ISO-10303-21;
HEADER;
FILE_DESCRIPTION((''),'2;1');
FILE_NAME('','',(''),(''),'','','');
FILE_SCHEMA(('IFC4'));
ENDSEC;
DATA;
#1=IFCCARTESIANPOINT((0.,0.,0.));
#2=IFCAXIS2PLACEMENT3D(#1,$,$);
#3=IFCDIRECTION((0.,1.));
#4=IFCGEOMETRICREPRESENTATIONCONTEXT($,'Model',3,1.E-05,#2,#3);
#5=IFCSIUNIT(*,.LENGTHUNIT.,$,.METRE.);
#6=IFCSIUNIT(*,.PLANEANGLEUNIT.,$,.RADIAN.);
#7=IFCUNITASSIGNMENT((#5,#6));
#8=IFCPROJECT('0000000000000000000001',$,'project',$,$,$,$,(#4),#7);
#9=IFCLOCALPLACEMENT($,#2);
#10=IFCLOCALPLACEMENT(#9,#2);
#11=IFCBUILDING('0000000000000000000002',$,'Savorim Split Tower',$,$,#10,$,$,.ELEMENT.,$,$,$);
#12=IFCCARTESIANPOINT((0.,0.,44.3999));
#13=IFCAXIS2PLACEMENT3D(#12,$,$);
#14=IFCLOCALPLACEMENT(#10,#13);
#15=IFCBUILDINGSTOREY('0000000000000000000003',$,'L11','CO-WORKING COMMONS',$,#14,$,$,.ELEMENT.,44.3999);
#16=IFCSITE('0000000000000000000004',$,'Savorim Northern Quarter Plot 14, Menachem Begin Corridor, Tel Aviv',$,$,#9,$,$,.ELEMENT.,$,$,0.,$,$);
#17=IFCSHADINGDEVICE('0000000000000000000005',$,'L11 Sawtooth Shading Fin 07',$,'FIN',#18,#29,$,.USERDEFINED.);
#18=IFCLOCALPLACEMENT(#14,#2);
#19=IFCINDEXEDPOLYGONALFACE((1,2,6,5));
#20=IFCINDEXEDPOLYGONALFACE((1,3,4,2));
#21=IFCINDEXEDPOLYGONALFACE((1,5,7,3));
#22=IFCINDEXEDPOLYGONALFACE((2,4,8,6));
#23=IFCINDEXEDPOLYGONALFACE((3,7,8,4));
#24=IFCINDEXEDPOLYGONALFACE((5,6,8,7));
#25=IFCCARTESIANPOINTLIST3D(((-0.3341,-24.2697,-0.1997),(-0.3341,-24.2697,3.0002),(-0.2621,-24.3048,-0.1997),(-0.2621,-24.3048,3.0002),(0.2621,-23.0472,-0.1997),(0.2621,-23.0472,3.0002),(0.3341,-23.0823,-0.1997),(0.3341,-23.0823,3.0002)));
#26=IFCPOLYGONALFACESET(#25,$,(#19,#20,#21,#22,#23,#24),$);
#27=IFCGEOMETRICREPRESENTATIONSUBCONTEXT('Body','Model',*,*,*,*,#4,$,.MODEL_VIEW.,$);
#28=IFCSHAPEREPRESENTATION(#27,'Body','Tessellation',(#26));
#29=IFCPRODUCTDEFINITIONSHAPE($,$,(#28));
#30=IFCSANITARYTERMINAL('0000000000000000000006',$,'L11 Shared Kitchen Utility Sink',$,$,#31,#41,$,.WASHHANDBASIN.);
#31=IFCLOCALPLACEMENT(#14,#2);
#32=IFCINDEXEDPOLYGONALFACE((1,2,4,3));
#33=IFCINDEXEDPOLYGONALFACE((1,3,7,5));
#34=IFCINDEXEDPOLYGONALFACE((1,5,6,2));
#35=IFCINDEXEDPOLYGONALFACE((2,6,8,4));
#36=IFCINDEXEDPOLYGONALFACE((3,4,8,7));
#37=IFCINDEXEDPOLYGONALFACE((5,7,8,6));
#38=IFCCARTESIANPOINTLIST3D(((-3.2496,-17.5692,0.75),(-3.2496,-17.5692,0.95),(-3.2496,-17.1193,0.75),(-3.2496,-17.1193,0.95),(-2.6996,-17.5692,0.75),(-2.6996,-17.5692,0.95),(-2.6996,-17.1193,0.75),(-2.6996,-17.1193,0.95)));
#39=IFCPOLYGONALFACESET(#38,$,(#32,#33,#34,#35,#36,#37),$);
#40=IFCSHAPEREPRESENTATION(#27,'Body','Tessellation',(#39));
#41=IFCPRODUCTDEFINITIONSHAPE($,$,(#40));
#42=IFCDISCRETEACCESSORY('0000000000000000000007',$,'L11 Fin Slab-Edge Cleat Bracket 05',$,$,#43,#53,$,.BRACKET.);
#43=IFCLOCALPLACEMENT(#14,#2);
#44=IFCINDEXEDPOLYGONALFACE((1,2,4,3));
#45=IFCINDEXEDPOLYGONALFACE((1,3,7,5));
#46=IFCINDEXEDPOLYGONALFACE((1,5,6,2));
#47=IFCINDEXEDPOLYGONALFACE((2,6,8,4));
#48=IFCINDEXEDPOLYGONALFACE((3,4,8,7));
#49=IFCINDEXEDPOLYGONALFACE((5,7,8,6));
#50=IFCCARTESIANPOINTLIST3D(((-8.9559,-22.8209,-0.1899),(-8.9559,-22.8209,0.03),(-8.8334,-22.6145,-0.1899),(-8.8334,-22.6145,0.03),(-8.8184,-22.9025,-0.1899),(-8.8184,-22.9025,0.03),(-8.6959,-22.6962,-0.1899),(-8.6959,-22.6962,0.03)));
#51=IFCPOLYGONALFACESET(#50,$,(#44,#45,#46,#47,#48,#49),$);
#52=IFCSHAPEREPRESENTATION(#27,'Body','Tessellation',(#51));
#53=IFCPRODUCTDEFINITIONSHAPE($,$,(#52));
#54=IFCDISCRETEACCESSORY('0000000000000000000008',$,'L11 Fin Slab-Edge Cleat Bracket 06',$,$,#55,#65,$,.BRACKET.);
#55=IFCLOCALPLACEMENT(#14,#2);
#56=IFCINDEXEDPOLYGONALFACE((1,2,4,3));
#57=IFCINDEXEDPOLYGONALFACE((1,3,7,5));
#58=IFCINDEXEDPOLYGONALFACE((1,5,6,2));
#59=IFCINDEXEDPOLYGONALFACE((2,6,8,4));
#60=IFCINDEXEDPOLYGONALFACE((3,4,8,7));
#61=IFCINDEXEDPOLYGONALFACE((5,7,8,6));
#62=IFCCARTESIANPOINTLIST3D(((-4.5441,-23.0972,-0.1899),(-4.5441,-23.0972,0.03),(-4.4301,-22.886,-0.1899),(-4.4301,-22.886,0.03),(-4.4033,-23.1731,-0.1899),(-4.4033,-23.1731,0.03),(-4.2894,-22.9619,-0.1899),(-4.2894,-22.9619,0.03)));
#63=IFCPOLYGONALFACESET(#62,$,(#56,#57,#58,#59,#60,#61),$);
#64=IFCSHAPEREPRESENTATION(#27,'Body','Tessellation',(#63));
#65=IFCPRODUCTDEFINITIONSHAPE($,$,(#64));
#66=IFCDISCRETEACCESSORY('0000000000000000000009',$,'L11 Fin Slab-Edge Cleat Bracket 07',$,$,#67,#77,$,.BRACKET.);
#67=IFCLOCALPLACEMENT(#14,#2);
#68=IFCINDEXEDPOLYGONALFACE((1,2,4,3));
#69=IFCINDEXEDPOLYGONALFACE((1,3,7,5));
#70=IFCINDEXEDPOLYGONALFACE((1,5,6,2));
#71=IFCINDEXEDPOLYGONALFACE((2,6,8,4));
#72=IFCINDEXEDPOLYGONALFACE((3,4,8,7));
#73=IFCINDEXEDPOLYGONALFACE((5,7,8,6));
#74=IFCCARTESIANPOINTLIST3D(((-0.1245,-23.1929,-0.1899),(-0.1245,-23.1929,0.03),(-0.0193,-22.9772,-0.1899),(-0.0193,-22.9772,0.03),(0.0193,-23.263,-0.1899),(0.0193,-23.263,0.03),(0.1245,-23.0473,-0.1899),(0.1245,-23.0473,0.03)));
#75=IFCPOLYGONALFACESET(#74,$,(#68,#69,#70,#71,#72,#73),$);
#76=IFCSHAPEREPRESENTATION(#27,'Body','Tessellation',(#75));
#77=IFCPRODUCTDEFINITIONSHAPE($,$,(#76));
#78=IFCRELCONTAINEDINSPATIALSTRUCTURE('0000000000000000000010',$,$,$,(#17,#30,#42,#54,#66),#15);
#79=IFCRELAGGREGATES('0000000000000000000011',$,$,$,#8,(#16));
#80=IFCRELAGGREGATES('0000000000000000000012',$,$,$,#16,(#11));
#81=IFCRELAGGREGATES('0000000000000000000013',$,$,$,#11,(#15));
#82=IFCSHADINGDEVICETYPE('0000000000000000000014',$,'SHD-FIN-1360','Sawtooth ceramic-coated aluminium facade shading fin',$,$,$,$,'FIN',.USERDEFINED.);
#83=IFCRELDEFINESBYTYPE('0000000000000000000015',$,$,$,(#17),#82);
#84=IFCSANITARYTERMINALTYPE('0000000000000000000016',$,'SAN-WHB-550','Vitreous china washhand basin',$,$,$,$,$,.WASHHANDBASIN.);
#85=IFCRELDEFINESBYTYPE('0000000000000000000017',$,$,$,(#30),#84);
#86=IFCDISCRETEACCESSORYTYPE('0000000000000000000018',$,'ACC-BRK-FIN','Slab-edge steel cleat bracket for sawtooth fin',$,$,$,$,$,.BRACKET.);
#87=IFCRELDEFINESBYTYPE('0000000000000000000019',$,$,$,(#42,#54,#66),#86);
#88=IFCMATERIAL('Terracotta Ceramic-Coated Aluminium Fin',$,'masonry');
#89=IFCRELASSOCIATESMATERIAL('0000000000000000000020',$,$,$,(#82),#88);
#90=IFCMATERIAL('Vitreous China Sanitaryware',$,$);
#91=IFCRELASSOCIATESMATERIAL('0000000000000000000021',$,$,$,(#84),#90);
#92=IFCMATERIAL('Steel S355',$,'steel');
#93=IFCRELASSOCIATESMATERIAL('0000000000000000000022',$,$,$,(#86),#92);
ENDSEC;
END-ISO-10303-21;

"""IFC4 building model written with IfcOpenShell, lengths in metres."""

from ifc_helpers import new_model, si_unit, direction, frame, origin, origin_2d, place, context, subcontext, project, spatial, rectangle, extrude, material, type_object, element, save


model = new_model("IFC4")

# Units and contexts
model_context = context("Model", 3, precision=1e-05, world=origin(), true_north=direction((0.0, 1.0)))
body_context = subcontext(model_context, "Body", "Model", "MODEL_VIEW")
ifc_project = project(units=[si_unit("LENGTHUNIT", "METRE"), si_unit("PLANEANGLEUNIT", "RADIAN")], contexts=[model_context])

# Site, building, storey
site_placement = place(None, origin())
site = spatial("IfcSite", under=ifc_project, at=site_placement, Name="Savorim Northern Quarter Plot 14, Menachem Begin Corridor, Tel Aviv", CompositionType="ELEMENT", RefElevation=0.0)
building_placement = place(site_placement, origin())
building = spatial("IfcBuilding", under=site, at=building_placement, Name="Savorim Split Tower", CompositionType="ELEMENT")
storey_placement = place(building_placement, frame((0.0, 0.0, 44.3999)))
storey = spatial("IfcBuildingStorey", under=building, at=storey_placement, Name="L11", Description="CO-WORKING COMMONS", CompositionType="ELEMENT", Elevation=44.3999)

# Shared definitions
ifc_material_1 = material(Name="Steel S355", Category="steel")

# Shading device
ifc_material_2 = material(Name="Terracotta Ceramic-Coated Aluminium Fin", Category="masonry")
shading_device_type = type_object("IfcShadingDeviceType", Name="SHD-FIN-1360", Description="Sawtooth ceramic-coated aluminium facade shading fin", ElementType="FIN", PredefinedType="USERDEFINED", material=ifc_material_2)
for number, where, z_axis, x_axis, name in (
    (1, (0.0, -23.676, -0.1997), (0.0, 0.0, 1.0), (-0.438371, -0.898794, 0.0), "L11 Sawtooth Shading Fin 07"),
):
    element("IfcShadingDevice", number, at=place(storey_placement, frame(where, z_axis=z_axis, x_axis=x_axis)), inside=storey, type_object=shading_device_type, Name=name, ObjectType="FIN", PredefinedType="USERDEFINED", context=body_context, shape_type="SweptSolid", body=[
        extrude(rectangle(XDim=1.3601, YDim=0.0801, at=origin_2d()), origin(), (0.0, 0.0, 1.0), 3.2),
    ])

# Sanitary terminal
ifc_material_3 = material(Name="Vitreous China Sanitaryware")
sanitary_terminal_type = type_object("IfcSanitaryTerminalType", Name="SAN-WHB-550", Description="Vitreous china washhand basin", PredefinedType="WASHHANDBASIN", material=ifc_material_3)
sanitary_terminal_placement = place(storey_placement, frame((-2.9746, -17.3442, 0.75), z_axis=(0.0, 0.0, 1.0), x_axis=(1.0, 0.0, 0.0)))
element("IfcSanitaryTerminal", 2, at=sanitary_terminal_placement, inside=storey, type_object=sanitary_terminal_type, Name="L11 Shared Kitchen Utility Sink", PredefinedType="WASHHANDBASIN", context=body_context, shape_type="SweptSolid", body=[
    extrude(rectangle(XDim=0.55, YDim=0.45, at=origin_2d()), origin(), (0.0, 0.0, 1.0), 0.2),
])

# Discrete accessories
discrete_accessory_type = type_object("IfcDiscreteAccessoryType", Name="ACC-BRK-FIN", Description="Slab-edge steel cleat bracket for sawtooth fin", PredefinedType="BRACKET", material=ifc_material_1)
for number, where, z_axis, x_axis, name in (
    (3, (-8.8259, -22.7585, -0.1899), (0.0, 0.0, 1.0), (-0.510391, -0.859942, 0.0), "L11 Fin Slab-Edge Cleat Bracket 05"),
    (4, (-4.4167, -23.0295, -0.1899), (0.0, 0.0, 1.0), (-0.474778, -0.880106, 0.0), "L11 Fin Slab-Edge Cleat Bracket 06"),
    (5, (0.0, -23.1201, -0.1899), (0.0, 0.0, 1.0), (-0.438371, -0.898794, 0.0), "L11 Fin Slab-Edge Cleat Bracket 07"),
):
    element("IfcDiscreteAccessory", number, at=place(storey_placement, frame(where, z_axis=z_axis, x_axis=x_axis)), inside=storey, type_object=discrete_accessory_type, Name=name, PredefinedType="BRACKET", context=body_context, shape_type="SweptSolid", body=[
        extrude(rectangle(XDim=0.24, YDim=0.1599, at=origin_2d()), origin(), (0.0, 0.0, 1.0), 0.22),
    ])

save(model, "model.ifc")
